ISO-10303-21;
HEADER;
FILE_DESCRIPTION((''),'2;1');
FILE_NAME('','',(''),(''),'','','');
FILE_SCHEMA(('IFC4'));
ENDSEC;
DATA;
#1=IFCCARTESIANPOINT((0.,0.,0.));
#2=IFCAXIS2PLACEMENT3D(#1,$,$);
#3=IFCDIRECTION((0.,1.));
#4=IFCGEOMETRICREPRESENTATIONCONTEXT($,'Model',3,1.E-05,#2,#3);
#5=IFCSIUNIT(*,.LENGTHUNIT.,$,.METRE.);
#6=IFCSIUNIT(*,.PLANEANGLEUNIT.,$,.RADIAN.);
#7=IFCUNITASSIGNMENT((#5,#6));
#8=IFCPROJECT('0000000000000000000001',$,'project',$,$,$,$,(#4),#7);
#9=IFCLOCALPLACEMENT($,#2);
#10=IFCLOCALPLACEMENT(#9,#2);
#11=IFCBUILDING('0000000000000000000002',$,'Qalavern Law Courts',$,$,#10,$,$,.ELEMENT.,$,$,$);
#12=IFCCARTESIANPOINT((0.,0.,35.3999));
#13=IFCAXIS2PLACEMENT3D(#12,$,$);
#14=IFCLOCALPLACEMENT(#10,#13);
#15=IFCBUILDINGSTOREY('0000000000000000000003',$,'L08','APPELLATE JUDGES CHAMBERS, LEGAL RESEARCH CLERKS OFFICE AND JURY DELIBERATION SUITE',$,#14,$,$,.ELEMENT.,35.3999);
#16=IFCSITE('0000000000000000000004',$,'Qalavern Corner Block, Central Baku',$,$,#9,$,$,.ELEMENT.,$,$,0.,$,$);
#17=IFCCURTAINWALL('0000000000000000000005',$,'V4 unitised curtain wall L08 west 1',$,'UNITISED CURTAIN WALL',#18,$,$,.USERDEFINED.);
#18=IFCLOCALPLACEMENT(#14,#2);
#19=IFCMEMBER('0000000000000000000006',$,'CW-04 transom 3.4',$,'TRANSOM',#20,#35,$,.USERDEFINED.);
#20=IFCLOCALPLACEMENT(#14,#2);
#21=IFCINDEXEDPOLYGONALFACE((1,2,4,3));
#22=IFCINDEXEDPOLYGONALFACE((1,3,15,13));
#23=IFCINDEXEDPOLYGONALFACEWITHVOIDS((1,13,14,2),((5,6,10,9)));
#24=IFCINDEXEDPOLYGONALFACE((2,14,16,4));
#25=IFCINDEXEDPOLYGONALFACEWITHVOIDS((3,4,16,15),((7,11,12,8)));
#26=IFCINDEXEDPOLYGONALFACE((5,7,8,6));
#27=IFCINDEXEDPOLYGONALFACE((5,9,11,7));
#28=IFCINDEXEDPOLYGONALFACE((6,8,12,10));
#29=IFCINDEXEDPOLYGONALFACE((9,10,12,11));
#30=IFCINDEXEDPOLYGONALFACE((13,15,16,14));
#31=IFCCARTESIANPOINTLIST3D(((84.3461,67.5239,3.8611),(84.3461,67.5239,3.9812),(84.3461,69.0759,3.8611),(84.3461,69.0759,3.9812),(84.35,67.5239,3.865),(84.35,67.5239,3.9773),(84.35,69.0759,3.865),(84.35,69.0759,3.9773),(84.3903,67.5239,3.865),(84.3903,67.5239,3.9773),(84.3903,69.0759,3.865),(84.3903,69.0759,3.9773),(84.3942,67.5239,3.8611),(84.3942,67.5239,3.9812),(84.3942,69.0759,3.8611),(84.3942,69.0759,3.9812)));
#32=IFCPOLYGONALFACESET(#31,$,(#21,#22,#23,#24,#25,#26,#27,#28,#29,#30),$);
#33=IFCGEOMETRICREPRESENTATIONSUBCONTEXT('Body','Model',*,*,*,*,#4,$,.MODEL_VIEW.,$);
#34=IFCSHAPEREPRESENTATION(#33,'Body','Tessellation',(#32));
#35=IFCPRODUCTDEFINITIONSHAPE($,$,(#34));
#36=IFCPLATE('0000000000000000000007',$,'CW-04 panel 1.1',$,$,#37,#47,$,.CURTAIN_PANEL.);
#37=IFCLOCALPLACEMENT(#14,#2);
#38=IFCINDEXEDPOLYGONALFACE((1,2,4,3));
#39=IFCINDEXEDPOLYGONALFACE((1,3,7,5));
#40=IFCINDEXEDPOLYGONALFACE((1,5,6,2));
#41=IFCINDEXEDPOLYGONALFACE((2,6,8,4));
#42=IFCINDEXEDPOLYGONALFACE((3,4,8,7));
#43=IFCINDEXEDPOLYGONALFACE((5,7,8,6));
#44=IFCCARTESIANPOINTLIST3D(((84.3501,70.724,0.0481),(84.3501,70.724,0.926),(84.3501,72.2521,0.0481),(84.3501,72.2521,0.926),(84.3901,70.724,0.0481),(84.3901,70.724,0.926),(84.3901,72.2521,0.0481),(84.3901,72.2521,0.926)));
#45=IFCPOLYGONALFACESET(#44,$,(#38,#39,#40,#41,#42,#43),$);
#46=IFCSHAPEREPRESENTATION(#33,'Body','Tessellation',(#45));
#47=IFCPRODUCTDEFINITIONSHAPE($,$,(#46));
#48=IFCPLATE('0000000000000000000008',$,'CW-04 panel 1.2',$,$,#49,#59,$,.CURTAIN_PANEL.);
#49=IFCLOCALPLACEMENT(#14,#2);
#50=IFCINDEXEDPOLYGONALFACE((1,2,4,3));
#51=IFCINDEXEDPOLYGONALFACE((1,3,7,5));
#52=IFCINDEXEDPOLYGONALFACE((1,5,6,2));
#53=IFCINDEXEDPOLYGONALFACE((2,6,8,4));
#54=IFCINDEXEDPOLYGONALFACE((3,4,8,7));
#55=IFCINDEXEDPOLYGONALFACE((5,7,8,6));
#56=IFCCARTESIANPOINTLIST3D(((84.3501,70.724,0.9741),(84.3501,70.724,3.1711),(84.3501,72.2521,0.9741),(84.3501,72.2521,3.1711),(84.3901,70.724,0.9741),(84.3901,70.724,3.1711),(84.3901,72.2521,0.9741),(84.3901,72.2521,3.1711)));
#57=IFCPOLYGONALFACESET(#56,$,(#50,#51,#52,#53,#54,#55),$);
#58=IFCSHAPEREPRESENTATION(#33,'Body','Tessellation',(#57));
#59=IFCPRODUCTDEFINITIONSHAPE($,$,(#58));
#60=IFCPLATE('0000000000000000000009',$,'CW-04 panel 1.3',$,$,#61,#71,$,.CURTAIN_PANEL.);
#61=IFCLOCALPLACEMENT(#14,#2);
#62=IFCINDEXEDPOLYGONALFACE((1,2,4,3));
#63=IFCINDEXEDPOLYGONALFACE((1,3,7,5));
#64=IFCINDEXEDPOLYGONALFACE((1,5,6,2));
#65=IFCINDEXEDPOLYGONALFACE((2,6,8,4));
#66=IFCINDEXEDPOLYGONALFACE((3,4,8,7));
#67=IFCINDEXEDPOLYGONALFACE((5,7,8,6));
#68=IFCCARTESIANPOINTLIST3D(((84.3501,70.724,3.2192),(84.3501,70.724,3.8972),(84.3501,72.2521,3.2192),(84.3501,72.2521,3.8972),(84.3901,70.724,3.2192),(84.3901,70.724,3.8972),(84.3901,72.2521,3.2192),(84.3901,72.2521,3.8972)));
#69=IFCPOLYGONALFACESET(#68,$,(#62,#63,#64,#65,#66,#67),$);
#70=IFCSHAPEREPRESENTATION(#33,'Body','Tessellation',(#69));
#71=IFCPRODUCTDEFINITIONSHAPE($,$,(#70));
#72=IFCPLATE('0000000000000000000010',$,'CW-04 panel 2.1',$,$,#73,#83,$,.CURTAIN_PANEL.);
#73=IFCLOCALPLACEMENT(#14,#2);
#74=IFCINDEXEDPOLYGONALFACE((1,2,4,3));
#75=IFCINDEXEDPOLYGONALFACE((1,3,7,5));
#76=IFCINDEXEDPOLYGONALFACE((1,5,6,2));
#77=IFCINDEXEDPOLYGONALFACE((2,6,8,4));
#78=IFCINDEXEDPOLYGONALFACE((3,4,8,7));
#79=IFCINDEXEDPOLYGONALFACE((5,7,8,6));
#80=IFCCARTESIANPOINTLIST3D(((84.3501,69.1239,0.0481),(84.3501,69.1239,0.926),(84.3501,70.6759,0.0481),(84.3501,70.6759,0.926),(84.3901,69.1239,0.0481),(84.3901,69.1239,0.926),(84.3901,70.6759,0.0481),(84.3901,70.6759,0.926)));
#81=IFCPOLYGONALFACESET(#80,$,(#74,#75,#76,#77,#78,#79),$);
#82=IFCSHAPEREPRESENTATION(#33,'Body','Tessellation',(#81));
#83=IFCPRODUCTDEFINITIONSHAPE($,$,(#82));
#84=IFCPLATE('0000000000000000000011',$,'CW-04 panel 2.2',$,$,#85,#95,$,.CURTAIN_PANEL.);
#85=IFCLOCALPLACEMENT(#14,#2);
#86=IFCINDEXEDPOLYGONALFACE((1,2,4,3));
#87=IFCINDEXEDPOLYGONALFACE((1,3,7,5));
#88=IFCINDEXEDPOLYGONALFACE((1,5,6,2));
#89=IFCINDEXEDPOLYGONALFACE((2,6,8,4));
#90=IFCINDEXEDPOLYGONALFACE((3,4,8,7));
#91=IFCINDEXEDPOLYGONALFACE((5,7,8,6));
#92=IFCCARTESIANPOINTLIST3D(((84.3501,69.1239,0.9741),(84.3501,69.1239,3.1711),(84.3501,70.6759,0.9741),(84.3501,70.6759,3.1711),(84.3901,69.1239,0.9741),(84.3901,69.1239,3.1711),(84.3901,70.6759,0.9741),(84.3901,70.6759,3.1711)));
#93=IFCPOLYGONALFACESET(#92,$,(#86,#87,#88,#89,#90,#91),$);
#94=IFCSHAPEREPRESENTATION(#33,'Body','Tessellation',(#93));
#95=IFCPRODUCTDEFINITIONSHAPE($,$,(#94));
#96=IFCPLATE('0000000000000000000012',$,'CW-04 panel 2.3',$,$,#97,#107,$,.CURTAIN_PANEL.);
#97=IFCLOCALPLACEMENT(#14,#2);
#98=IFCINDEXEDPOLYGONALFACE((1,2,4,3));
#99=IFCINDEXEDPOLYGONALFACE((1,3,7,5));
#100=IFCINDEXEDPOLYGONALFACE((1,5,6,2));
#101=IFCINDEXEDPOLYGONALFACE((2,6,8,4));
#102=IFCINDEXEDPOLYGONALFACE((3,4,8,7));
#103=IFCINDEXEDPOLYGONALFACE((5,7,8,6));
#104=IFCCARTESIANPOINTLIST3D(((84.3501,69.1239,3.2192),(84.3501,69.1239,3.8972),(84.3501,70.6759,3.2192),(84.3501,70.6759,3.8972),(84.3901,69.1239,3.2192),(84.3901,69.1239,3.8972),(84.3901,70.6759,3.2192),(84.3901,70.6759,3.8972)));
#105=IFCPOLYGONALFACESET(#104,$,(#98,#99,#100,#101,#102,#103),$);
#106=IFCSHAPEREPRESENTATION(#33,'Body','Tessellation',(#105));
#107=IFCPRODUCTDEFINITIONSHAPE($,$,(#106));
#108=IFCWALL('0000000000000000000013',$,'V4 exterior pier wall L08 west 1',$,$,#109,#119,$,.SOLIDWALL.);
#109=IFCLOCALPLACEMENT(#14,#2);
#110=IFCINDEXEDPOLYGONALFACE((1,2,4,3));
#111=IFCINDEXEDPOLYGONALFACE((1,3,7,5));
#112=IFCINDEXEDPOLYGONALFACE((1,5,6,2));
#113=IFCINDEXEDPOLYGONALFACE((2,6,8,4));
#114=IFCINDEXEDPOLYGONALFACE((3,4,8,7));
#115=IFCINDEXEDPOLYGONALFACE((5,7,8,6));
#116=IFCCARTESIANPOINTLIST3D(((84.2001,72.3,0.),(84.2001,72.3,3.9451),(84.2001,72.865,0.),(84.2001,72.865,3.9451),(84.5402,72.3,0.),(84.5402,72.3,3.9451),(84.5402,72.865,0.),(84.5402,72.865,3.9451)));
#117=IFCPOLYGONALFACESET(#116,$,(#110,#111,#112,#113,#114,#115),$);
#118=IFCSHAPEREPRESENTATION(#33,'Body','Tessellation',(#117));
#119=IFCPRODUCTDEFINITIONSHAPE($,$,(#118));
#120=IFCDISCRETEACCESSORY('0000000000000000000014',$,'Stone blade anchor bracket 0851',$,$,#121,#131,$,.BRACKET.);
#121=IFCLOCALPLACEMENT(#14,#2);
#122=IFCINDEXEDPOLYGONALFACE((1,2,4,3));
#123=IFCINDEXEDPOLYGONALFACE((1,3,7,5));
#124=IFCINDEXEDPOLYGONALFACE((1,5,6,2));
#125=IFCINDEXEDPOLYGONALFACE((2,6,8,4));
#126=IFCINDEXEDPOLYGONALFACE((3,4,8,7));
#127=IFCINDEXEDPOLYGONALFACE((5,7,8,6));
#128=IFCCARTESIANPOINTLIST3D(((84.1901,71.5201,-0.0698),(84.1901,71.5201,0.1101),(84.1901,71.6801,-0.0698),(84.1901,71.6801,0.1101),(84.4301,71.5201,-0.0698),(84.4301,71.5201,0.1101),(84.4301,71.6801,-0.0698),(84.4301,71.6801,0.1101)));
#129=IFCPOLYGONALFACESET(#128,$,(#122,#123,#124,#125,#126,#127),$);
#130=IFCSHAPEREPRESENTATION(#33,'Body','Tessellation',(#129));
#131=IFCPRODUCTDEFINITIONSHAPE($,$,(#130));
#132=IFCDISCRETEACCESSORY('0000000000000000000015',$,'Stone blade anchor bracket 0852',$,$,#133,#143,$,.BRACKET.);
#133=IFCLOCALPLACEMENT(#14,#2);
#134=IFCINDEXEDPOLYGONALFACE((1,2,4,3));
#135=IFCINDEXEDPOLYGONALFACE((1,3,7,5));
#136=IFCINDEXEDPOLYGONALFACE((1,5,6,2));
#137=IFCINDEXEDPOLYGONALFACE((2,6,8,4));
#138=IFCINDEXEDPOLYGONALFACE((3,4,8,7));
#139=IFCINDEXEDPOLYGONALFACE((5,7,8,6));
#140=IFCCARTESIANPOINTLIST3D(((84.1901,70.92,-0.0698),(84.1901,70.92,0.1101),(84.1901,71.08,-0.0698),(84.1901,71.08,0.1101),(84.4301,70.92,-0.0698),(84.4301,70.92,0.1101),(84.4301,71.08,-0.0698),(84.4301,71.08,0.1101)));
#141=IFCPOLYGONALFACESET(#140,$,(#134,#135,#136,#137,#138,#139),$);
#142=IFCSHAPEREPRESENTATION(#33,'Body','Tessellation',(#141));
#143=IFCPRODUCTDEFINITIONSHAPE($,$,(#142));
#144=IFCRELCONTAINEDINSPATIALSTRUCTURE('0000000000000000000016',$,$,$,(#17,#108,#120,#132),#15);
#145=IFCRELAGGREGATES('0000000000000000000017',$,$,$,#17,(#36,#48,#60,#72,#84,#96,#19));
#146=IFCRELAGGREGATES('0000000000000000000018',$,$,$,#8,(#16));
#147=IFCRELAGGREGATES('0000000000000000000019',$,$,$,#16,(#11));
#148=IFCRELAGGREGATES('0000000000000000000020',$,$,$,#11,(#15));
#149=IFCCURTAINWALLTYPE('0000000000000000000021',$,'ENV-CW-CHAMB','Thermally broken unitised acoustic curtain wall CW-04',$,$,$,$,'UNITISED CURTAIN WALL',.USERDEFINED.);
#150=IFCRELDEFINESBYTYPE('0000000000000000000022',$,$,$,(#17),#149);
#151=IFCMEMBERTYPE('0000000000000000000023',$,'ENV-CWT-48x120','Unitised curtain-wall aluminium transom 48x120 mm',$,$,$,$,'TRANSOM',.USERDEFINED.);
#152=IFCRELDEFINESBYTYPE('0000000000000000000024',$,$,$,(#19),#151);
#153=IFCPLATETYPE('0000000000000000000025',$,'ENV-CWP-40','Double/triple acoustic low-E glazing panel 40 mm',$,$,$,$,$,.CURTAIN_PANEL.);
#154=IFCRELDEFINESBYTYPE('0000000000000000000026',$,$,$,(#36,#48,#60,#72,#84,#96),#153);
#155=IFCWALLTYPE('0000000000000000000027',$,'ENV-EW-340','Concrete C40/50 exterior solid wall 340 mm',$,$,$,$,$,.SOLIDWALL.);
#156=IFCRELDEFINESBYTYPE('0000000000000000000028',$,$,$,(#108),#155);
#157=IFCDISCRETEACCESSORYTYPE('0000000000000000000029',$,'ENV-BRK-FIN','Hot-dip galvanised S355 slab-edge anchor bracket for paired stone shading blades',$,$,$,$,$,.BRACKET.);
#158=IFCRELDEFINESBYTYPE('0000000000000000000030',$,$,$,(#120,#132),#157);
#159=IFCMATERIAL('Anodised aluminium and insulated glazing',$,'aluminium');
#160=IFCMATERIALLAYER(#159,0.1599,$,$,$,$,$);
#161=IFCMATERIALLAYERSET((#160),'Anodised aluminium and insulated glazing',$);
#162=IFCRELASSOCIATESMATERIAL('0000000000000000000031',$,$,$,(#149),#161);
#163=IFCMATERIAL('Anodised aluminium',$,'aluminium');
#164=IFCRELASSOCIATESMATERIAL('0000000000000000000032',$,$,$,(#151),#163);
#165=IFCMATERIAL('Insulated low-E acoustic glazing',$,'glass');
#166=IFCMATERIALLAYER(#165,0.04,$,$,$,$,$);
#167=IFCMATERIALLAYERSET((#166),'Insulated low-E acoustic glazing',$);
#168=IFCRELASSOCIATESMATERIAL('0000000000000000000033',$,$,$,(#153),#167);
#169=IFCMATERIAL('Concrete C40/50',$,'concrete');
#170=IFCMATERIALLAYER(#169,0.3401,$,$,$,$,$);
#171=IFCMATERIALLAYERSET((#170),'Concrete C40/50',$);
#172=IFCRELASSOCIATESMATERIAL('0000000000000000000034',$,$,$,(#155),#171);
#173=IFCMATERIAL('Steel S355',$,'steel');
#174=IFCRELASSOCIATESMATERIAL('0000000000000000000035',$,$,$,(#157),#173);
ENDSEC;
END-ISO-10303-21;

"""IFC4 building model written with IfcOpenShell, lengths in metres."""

from ifc_helpers import new_model, si_unit, direction, frame, frame_2d, origin, origin_2d, place, context, subcontext, project, spatial, rectangle, hollow_rectangle, extrude, material, layer, layer_set, material_profile, profile_set, type_object, element, aggregate, save


model = new_model("IFC4")

# Units and contexts
model_context = context("Model", 3, precision=1e-05, world=origin(), true_north=direction((0.0, 1.0)))
body_context = subcontext(model_context, "Body", "Model", "MODEL_VIEW")
ifc_project = project(units=[si_unit("LENGTHUNIT", "METRE"), si_unit("PLANEANGLEUNIT", "RADIAN")], contexts=[model_context])

# Site, building, storey
site_placement = place(None, origin())
site = spatial("IfcSite", under=ifc_project, at=site_placement, Name="Qalavern Corner Block, Central Baku", CompositionType="ELEMENT", RefElevation=0.0)
building_placement = place(site_placement, origin())
building = spatial("IfcBuilding", under=site, at=building_placement, Name="Qalavern Law Courts", CompositionType="ELEMENT")
storey_placement = place(building_placement, frame((0.0, 0.0, 35.3999)))
storey = spatial("IfcBuildingStorey", under=building, at=storey_placement, Name="L08", Description="APPELLATE JUDGES CHAMBERS, LEGAL RESEARCH CLERKS OFFICE AND JURY DELIBERATION SUITE", CompositionType="ELEMENT", Elevation=35.3999)

# Curtain wall, member, plates
ifc_material_1 = material(Name="Anodised aluminium and insulated glazing", Category="aluminium")
ifc_layer_1 = layer(ifc_material_1, 0.1599)
ifc_layer_set_1 = layer_set([ifc_layer_1], Name="Anodised aluminium and insulated glazing")
curtain_wall_type = type_object("IfcCurtainWallType", Name="ENV-CW-CHAMB", Description="Thermally broken unitised acoustic curtain wall CW-04", ElementType="UNITISED CURTAIN WALL", PredefinedType="USERDEFINED", material=ifc_layer_set_1)
curtain_wall_placement = place(storey_placement, origin())
curtain_wall = element("IfcCurtainWall", 1, at=curtain_wall_placement, inside=storey, type_object=curtain_wall_type, Name="V4 unitised curtain wall L08 west 1", ObjectType="UNITISED CURTAIN WALL", PredefinedType="USERDEFINED")
ifc_material_2 = material(Name="Anodised aluminium", Category="aluminium")
ifc_material_profile_1 = material_profile(ifc_material_2, hollow_rectangle(XDim=0.0481, YDim=0.1201, WallThickness=0.0039, at=origin_2d()), Name="ALU TRANSOM 48x120")
ifc_profile_set_1 = profile_set([ifc_material_profile_1], Name="Anodised aluminium")
member_type_1 = type_object("IfcMemberType", Name="ENV-CWT-48x120", Description="Unitised curtain-wall aluminium transom 48x120 mm", ElementType="TRANSOM", PredefinedType="USERDEFINED", material=ifc_profile_set_1)
member_1_placement = place(storey_placement, frame((84.3701, 69.0759, 3.9211), z_axis=(0.0, -1.0, 0.0), x_axis=(1.0, 0.0, 0.0)))
member_1 = element("IfcMember", 2, at=member_1_placement, type_object=member_type_1, Name="CW-04 transom 3.4", ObjectType="TRANSOM", PredefinedType="USERDEFINED", context=body_context, shape_type="SweptSolid", body=[
    extrude(hollow_rectangle(XDim=0.0481, YDim=0.1201, WallThickness=0.0039, at=origin_2d()), origin(), (0.0, 0.0, 1.0), 1.552),
])
ifc_material_3 = material(Name="Insulated low-E acoustic glazing", Category="glass")
ifc_layer_2 = layer(ifc_material_3, 0.04)
ifc_layer_set_2 = layer_set([ifc_layer_2], Name="Insulated low-E acoustic glazing")
plate_type = type_object("IfcPlateType", Name="ENV-CWP-40", Description="Double/triple acoustic low-E glazing panel 40 mm", PredefinedType="CURTAIN_PANEL", material=ifc_layer_set_2)
plate_1_placement = place(storey_placement, frame((84.3701, 71.488, 0.0481), z_axis=(0.0, 0.0, 1.0), x_axis=(0.0, -1.0, 0.0)))
plate_1 = element("IfcPlate", 3, at=plate_1_placement, type_object=plate_type, Name="CW-04 panel 1.1", PredefinedType="CURTAIN_PANEL", context=body_context, shape_type="SweptSolid", body=[
    extrude(rectangle(XDim=1.5281, YDim=0.04, at=origin_2d()), origin(), (0.0, 0.0, 1.0), 0.8779),
])
plate_2_placement = place(storey_placement, frame((84.3701, 71.488, 0.9741), z_axis=(0.0, 0.0, 1.0), x_axis=(0.0, -1.0, 0.0)))
plate_2 = element("IfcPlate", 4, at=plate_2_placement, type_object=plate_type, Name="CW-04 panel 1.2", PredefinedType="CURTAIN_PANEL", context=body_context, shape_type="SweptSolid", body=[
    extrude(rectangle(XDim=1.5281, YDim=0.04, at=origin_2d()), origin(), (0.0, 0.0, 1.0), 2.197),
])
plate_3_placement = place(storey_placement, frame((84.3701, 71.488, 3.2192), z_axis=(0.0, 0.0, 1.0), x_axis=(0.0, -1.0, 0.0)))
plate_3 = element("IfcPlate", 5, at=plate_3_placement, type_object=plate_type, Name="CW-04 panel 1.3", PredefinedType="CURTAIN_PANEL", context=body_context, shape_type="SweptSolid", body=[
    extrude(rectangle(XDim=1.5281, YDim=0.04, at=origin_2d()), origin(), (0.0, 0.0, 1.0), 0.678),
])
plate_4_placement = place(storey_placement, frame((84.3701, 69.8999, 0.0481), z_axis=(0.0, 0.0, 1.0), x_axis=(0.0, -1.0, 0.0)))
plate_4 = element("IfcPlate", 6, at=plate_4_placement, type_object=plate_type, Name="CW-04 panel 2.1", PredefinedType="CURTAIN_PANEL", context=body_context, shape_type="SweptSolid", body=[
    extrude(rectangle(XDim=1.552, YDim=0.04, at=origin_2d()), origin(), (0.0, 0.0, 1.0), 0.8779),
])
plate_5_placement = place(storey_placement, frame((84.3701, 69.8999, 0.9741), z_axis=(0.0, 0.0, 1.0), x_axis=(0.0, -1.0, 0.0)))
plate_5 = element("IfcPlate", 7, at=plate_5_placement, type_object=plate_type, Name="CW-04 panel 2.2", PredefinedType="CURTAIN_PANEL", context=body_context, shape_type="SweptSolid", body=[
    extrude(rectangle(XDim=1.552, YDim=0.04, at=origin_2d()), origin(), (0.0, 0.0, 1.0), 2.197),
])
plate_6_placement = place(storey_placement, frame((84.3701, 69.8999, 3.2192), z_axis=(0.0, 0.0, 1.0), x_axis=(0.0, -1.0, 0.0)))
plate_6 = element("IfcPlate", 8, at=plate_6_placement, type_object=plate_type, Name="CW-04 panel 2.3", PredefinedType="CURTAIN_PANEL", context=body_context, shape_type="SweptSolid", body=[
    extrude(rectangle(XDim=1.552, YDim=0.04, at=origin_2d()), origin(), (0.0, 0.0, 1.0), 0.678),
])
aggregate(curtain_wall, [plate_1, plate_2, plate_3, plate_4, plate_5, plate_6, member_1])

# Wall
ifc_material_4 = material(Name="Concrete C40/50", Category="concrete")
ifc_layer_3 = layer(ifc_material_4, 0.3401)
ifc_layer_set_3 = layer_set([ifc_layer_3], Name="Concrete C40/50")
wall_type = type_object("IfcWallType", Name="ENV-EW-340", Description="Concrete C40/50 exterior solid wall 340 mm", PredefinedType="SOLIDWALL", material=ifc_layer_set_3)
wall_placement = place(storey_placement, frame((84.3701, 72.865, 0.0), z_axis=(0.0, 0.0, 1.0), x_axis=(0.0, -1.0, 0.0)))
element("IfcWall", 9, at=wall_placement, inside=storey, type_object=wall_type, Name="V4 exterior pier wall L08 west 1", PredefinedType="SOLIDWALL", context=body_context, shape_type="SweptSolid", body=[
    extrude(rectangle(XDim=0.5649, YDim=0.3401, at=frame_2d((0.2825, 0.0))), origin(), (0.0, 0.0, 1.0), 3.9451),
])

# Discrete accessories
ifc_material_5 = material(Name="Steel S355", Category="steel")
discrete_accessory_type = type_object("IfcDiscreteAccessoryType", Name="ENV-BRK-FIN", Description="Hot-dip galvanised S355 slab-edge anchor bracket for paired stone shading blades", PredefinedType="BRACKET", material=ifc_material_5)
for number, where, z_axis, x_axis, name in (
    (10, (84.3101, 71.6001, -0.0698), (0.0, 0.0, 1.0), (-1.0, 0.0, 0.0), "Stone blade anchor bracket 0851"),
    (11, (84.3101, 71.0, -0.0698), (0.0, 0.0, 1.0), (-1.0, 0.0, 0.0), "Stone blade anchor bracket 0852"),
):
    element("IfcDiscreteAccessory", number, at=place(storey_placement, frame(where, z_axis=z_axis, x_axis=x_axis)), inside=storey, type_object=discrete_accessory_type, Name=name, PredefinedType="BRACKET", context=body_context, shape_type="SweptSolid", body=[
        extrude(rectangle(XDim=0.24, YDim=0.1599, at=origin_2d()), origin(), (0.0, 0.0, 1.0), 0.1799),
    ])

save(model, "model.ifc")
